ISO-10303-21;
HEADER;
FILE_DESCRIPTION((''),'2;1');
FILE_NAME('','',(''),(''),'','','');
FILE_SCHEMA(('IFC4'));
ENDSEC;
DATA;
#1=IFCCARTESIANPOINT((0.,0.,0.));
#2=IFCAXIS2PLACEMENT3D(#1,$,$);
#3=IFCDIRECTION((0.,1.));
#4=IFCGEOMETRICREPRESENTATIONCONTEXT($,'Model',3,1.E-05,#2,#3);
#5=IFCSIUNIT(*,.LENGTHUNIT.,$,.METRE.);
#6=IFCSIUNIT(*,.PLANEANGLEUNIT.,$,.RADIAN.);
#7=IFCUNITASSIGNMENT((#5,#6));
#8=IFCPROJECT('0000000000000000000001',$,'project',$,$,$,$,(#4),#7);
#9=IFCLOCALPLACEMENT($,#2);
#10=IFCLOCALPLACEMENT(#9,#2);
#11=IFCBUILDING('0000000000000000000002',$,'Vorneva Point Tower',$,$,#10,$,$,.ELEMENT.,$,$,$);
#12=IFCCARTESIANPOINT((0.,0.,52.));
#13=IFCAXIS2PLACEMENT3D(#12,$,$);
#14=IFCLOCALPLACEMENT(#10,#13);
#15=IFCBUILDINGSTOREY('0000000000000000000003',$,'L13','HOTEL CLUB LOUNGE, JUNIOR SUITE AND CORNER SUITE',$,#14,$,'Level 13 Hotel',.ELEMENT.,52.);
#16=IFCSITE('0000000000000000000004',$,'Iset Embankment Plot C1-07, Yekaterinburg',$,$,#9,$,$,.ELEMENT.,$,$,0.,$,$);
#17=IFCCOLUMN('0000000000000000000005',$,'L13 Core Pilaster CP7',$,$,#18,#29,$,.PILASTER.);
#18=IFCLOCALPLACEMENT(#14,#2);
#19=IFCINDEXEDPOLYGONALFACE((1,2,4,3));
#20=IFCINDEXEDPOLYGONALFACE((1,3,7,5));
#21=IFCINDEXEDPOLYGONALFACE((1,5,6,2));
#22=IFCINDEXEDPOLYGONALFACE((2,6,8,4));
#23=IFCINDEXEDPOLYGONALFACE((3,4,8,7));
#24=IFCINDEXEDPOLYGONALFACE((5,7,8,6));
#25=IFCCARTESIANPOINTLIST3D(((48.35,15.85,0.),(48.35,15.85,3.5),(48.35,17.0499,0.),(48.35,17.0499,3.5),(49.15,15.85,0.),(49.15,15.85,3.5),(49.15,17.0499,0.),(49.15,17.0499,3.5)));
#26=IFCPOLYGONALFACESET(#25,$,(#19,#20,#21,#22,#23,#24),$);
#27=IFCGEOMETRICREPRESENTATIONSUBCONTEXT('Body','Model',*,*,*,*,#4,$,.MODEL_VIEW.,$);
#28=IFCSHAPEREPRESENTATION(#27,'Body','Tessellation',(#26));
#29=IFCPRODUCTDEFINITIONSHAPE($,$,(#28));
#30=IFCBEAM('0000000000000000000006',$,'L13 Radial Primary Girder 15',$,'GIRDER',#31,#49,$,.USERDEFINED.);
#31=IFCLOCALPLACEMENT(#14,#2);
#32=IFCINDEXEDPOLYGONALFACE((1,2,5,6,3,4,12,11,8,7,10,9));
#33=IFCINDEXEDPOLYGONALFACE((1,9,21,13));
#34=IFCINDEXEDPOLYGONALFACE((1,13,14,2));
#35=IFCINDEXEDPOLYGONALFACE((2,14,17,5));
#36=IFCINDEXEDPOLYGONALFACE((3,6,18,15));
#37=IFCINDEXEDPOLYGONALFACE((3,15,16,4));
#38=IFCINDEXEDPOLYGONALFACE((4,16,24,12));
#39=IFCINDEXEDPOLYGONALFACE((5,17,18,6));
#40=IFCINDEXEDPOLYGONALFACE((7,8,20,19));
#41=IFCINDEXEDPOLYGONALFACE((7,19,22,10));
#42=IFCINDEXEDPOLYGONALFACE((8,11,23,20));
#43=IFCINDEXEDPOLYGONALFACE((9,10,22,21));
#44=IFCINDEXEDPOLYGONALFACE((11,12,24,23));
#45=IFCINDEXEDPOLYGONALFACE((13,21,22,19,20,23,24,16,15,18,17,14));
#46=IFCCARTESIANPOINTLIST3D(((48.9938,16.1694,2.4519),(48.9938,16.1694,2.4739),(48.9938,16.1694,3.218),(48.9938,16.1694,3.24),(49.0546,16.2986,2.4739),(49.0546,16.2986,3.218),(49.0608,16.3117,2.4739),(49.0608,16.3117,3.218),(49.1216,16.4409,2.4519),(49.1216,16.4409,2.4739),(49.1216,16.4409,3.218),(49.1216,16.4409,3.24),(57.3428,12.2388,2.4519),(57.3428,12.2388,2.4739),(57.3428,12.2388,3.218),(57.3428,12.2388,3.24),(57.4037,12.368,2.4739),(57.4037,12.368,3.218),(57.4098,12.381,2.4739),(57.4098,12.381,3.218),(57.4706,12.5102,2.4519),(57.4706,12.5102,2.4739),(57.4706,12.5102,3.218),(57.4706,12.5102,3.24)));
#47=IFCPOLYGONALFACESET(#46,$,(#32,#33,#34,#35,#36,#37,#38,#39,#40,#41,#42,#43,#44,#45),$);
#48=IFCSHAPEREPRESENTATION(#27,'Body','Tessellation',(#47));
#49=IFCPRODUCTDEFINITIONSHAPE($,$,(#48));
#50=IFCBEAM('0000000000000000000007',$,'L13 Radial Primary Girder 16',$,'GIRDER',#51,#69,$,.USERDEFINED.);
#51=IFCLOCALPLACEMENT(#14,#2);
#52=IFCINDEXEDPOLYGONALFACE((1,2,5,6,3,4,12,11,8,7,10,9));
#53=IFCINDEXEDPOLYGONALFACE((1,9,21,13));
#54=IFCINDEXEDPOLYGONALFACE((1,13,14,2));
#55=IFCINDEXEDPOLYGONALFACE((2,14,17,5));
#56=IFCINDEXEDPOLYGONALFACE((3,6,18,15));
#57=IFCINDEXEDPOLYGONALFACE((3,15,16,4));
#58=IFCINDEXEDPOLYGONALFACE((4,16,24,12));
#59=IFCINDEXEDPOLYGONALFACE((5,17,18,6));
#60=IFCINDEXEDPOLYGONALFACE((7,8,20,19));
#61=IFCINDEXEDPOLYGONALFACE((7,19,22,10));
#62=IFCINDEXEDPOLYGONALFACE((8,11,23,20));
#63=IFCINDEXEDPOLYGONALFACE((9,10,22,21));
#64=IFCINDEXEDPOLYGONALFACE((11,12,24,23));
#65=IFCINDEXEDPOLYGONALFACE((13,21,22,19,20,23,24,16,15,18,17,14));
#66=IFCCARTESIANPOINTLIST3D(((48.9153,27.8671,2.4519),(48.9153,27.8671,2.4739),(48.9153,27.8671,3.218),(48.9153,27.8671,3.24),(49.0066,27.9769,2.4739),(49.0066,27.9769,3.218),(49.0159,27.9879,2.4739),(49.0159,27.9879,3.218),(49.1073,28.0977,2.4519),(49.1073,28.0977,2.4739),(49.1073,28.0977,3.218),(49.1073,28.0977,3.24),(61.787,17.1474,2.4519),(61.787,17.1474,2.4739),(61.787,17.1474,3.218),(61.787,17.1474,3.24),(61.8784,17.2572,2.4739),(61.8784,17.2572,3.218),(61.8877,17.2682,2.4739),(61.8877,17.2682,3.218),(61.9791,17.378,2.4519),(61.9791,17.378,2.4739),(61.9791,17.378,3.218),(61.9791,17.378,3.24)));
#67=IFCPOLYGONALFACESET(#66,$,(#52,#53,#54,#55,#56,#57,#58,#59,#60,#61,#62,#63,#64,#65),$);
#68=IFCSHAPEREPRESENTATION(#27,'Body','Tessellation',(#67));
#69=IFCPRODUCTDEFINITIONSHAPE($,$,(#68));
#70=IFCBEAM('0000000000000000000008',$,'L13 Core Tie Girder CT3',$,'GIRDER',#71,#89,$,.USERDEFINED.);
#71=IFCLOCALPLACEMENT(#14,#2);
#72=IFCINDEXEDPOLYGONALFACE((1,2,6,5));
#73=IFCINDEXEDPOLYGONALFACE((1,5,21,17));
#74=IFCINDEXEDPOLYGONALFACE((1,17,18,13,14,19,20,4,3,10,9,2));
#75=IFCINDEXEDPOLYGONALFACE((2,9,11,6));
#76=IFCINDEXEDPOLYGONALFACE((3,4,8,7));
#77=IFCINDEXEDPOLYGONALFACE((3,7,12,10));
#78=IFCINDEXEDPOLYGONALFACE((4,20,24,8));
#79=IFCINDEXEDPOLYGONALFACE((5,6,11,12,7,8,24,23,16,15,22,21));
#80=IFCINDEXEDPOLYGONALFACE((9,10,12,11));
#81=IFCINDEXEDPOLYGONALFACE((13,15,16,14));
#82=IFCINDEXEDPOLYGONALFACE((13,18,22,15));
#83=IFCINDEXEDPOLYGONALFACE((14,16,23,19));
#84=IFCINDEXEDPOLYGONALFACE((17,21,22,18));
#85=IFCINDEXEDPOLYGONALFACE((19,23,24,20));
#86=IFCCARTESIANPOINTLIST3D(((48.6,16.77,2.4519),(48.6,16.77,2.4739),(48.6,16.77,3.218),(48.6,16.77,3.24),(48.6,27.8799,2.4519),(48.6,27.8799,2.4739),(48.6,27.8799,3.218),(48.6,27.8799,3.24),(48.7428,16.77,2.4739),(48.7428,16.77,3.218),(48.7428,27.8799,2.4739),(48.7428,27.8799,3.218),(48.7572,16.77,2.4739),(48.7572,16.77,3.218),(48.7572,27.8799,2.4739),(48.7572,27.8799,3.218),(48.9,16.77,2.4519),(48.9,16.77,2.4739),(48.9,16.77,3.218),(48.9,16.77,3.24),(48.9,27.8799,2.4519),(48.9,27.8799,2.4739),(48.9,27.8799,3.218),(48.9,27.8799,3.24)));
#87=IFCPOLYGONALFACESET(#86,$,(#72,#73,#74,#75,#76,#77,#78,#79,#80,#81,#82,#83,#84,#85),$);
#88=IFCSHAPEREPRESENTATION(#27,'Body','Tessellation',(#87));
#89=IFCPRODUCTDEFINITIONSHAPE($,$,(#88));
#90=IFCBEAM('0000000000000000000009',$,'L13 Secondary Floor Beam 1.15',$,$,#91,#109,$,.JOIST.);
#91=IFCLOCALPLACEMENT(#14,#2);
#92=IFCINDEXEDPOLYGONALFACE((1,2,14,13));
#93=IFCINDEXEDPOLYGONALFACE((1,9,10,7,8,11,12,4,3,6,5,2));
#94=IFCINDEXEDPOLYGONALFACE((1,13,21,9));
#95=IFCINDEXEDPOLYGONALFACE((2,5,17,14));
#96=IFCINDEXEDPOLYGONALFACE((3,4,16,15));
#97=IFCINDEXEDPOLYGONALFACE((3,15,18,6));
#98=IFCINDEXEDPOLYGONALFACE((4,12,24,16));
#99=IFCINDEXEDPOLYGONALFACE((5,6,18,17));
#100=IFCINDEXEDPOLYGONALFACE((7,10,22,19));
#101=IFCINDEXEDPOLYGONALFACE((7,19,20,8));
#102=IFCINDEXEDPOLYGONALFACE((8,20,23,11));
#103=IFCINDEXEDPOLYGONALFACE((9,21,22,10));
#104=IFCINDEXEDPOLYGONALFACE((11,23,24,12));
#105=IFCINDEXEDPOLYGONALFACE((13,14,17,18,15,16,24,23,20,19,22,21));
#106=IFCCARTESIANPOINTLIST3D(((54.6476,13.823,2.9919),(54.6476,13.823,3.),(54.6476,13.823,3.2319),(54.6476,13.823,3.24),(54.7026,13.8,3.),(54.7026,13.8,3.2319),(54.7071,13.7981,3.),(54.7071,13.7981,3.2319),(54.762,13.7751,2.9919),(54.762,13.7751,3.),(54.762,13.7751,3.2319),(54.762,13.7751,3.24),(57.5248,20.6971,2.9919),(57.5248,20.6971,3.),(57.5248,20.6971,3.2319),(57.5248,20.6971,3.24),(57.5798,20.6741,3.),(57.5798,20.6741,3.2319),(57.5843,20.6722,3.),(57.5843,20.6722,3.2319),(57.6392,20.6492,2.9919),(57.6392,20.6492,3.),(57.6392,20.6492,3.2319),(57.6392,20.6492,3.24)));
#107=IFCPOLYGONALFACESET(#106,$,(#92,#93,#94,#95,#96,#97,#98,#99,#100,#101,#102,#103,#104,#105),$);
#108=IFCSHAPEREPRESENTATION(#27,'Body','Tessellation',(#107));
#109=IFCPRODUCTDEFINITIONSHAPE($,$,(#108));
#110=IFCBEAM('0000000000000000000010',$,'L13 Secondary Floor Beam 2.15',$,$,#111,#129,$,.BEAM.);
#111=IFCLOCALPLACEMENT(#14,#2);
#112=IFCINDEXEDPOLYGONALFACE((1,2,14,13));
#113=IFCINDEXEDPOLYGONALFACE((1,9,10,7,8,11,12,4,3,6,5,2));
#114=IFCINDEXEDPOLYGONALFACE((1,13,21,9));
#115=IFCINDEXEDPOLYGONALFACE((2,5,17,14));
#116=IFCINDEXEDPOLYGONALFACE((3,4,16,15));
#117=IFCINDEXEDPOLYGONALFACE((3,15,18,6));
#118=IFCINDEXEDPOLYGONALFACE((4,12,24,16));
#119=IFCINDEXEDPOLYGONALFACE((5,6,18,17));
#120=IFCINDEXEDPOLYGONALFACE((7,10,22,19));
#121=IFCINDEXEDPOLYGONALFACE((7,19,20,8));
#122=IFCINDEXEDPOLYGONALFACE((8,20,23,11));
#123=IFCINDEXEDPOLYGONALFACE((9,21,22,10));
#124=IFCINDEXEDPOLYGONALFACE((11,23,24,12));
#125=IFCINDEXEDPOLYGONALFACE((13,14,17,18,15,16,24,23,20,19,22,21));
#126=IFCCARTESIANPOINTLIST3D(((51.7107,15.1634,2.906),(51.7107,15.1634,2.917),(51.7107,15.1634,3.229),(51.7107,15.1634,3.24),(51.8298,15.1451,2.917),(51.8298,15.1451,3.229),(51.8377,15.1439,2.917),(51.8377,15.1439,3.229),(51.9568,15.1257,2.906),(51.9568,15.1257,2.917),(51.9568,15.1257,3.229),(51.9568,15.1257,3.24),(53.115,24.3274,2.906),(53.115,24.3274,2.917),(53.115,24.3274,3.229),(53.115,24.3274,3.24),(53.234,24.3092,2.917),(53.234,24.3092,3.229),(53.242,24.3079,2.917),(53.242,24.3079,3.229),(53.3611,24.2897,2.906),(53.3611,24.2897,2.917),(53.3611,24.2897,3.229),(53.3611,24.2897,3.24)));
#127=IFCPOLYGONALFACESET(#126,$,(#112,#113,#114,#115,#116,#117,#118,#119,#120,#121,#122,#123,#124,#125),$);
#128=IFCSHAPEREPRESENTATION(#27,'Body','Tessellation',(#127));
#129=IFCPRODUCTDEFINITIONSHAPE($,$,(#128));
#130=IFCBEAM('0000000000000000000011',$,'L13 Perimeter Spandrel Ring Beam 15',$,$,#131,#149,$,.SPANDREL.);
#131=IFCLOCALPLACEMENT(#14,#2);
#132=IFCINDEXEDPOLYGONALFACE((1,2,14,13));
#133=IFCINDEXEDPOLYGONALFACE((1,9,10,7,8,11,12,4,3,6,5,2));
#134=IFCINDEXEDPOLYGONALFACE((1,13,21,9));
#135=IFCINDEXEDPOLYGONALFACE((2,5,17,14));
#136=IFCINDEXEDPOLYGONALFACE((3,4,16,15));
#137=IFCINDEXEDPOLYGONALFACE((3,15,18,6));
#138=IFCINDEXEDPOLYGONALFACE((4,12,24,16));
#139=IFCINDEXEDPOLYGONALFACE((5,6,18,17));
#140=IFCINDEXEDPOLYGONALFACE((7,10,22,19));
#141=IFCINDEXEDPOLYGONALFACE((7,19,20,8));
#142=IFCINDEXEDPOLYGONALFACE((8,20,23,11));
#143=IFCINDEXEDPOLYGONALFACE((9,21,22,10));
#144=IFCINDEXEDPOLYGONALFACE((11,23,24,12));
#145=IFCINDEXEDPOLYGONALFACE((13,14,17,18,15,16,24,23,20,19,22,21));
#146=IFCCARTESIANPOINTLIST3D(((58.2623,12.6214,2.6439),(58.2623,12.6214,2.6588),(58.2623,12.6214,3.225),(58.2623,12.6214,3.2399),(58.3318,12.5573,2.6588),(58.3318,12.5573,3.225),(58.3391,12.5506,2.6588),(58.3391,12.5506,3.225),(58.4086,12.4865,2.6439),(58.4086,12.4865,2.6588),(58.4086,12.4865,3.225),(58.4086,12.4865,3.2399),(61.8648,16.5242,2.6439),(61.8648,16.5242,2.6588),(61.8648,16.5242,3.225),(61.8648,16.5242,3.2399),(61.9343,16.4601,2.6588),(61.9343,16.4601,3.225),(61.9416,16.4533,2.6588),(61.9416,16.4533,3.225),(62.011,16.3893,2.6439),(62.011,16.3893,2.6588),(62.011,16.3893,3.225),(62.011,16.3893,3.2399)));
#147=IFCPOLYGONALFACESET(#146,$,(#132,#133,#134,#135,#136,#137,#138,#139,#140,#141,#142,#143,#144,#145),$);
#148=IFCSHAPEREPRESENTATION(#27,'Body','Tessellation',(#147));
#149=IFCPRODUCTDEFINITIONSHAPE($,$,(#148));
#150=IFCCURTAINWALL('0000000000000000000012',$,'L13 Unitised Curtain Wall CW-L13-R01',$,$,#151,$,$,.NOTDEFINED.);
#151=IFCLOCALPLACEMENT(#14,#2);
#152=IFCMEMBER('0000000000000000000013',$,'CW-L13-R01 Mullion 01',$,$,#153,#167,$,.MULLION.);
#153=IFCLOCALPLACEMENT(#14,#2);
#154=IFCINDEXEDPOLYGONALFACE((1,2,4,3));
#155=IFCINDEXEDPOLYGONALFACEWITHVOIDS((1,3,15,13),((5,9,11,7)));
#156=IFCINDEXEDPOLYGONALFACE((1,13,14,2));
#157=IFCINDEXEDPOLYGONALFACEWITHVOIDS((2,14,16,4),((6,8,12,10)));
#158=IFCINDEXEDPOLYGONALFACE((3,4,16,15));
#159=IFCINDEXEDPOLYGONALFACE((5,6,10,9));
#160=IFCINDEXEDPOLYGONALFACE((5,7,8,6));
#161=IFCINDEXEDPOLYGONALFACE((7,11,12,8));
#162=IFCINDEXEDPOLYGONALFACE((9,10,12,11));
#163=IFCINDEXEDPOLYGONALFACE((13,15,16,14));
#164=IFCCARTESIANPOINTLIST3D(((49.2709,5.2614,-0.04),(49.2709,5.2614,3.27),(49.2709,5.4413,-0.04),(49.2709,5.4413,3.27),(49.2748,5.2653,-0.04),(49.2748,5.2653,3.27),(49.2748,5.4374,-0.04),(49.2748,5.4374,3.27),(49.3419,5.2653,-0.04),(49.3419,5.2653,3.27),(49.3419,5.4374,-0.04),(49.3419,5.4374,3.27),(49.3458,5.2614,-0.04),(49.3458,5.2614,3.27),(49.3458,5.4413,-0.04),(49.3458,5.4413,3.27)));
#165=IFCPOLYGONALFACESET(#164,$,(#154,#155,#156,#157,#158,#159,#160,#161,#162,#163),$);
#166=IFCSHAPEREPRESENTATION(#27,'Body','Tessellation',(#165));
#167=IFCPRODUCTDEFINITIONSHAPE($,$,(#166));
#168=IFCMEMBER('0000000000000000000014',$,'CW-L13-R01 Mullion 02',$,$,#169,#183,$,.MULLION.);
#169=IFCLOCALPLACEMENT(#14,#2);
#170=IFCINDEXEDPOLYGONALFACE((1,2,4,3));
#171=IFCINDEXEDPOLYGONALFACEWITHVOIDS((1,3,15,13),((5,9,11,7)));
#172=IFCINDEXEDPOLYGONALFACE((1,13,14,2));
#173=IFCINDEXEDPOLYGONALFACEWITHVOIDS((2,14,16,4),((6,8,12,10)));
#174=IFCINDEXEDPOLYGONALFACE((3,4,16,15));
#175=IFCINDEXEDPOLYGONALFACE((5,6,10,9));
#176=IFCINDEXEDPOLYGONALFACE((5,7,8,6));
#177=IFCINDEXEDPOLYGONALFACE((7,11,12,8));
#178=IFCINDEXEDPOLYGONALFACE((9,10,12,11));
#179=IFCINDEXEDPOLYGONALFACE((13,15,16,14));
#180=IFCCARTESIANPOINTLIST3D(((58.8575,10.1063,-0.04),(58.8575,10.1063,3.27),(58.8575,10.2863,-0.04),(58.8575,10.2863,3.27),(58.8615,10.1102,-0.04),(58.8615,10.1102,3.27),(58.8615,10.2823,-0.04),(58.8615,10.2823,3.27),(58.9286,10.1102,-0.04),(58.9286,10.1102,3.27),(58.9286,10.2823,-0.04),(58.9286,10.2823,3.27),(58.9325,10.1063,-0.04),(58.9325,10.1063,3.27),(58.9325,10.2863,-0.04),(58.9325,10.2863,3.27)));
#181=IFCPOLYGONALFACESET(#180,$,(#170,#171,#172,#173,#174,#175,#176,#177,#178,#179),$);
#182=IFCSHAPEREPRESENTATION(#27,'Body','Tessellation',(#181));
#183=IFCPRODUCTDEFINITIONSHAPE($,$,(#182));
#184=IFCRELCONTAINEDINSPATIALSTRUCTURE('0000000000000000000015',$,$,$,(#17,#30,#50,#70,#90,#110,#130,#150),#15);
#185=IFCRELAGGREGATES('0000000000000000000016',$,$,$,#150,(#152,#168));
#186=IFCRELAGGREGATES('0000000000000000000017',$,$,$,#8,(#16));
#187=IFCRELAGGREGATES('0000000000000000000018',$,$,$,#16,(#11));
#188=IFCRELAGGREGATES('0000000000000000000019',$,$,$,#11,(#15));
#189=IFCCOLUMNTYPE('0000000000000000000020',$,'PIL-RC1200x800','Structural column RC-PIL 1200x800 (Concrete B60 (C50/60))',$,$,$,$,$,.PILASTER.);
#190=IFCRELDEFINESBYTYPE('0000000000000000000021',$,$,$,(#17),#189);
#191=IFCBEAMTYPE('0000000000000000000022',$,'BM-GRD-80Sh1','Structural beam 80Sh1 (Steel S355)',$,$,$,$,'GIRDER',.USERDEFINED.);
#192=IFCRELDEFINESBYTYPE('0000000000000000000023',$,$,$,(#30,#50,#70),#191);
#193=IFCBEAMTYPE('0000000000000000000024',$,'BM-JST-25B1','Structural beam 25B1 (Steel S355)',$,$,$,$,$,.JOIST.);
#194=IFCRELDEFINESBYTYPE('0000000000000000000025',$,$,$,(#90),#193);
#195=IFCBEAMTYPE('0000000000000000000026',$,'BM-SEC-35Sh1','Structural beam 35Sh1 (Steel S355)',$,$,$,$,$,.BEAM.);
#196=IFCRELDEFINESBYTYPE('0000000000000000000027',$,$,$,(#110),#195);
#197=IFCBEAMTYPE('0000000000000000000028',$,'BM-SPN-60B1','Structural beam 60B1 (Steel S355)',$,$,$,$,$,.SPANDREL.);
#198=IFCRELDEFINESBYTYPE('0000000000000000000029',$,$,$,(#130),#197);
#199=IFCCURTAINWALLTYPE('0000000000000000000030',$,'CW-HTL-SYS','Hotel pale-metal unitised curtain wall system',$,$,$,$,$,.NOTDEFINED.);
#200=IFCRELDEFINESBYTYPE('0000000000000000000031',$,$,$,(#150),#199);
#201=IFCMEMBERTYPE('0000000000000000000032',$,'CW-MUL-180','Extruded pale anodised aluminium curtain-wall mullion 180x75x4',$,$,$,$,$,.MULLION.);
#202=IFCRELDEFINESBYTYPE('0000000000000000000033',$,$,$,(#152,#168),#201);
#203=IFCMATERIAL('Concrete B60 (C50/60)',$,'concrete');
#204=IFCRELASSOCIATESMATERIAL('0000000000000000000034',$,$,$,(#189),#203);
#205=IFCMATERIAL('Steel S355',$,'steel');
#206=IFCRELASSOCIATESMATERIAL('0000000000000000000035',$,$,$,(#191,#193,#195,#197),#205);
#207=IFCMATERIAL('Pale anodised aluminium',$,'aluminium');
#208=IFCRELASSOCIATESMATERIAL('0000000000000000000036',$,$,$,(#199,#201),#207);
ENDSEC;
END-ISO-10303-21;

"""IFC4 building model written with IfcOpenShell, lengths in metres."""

from ifc_helpers import new_model, si_unit, direction, frame, origin, origin_2d, place, context, subcontext, project, spatial, rectangle, hollow_rectangle, i_section, extrude, material, material_profile, profile_set, type_object, element, aggregate, save


model = new_model("IFC4")

# Units and contexts
model_context = context("Model", 3, precision=1e-05, world=origin(), true_north=direction((0.0, 1.0)))
body_context = subcontext(model_context, "Body", "Model", "MODEL_VIEW")
ifc_project = project(units=[si_unit("LENGTHUNIT", "METRE"), si_unit("PLANEANGLEUNIT", "RADIAN")], contexts=[model_context])

# Site, building, storey
site_placement = place(None, origin())
site = spatial("IfcSite", under=ifc_project, at=site_placement, Name="Iset Embankment Plot C1-07, Yekaterinburg", CompositionType="ELEMENT", RefElevation=0.0)
building_placement = place(site_placement, origin())
building = spatial("IfcBuilding", under=site, at=building_placement, Name="Vorneva Point Tower", CompositionType="ELEMENT")
storey_placement = place(building_placement, frame((0.0, 0.0, 52.0)))
storey = spatial("IfcBuildingStorey", under=building, at=storey_placement, Name="L13", Description="HOTEL CLUB LOUNGE, JUNIOR SUITE AND CORNER SUITE", LongName="Level 13 Hotel", CompositionType="ELEMENT", Elevation=52.0)

# Column
ifc_material_1 = material(Name="Concrete B60 (C50/60)", Category="concrete")
ifc_material_profile_1 = material_profile(ifc_material_1, rectangle(XDim=0.8, YDim=1.2, at=origin_2d()), Name="RC-PIL 1200x800")
ifc_profile_set_1 = profile_set([ifc_material_profile_1], Name="Concrete B60 (C50/60)")
column_type_1 = type_object("IfcColumnType", Name="PIL-RC1200x800", Description="Structural column RC-PIL 1200x800 (Concrete B60 (C50/60))", PredefinedType="PILASTER", material=ifc_profile_set_1)
column_placement = place(storey_placement, frame((48.75, 16.45, 0.0), z_axis=(0.0, 0.0, 1.0), x_axis=(1.0, 0.0, 0.0)))
element("IfcColumn", 1, at=column_placement, inside=storey, type_object=column_type_1, Name="L13 Core Pilaster CP7", PredefinedType="PILASTER", context=body_context, shape_type="SweptSolid", body=[
    extrude(rectangle(XDim=0.8, YDim=1.2, at=origin_2d()), origin(), (0.0, 0.0, 1.0), 3.5),
])

# Beams
ifc_material_2 = material(Name="Steel S355", Category="steel")
ifc_material_profile_2 = material_profile(ifc_material_2, i_section(OverallWidth=0.3, OverallDepth=0.7881, WebThickness=0.0144, FlangeThickness=0.022, at=origin_2d()), Name="80Sh1")
ifc_profile_set_2 = profile_set([ifc_material_profile_2], Name="Steel S355")
beam_type_1 = type_object("IfcBeamType", Name="BM-GRD-80Sh1", Description="Structural beam 80Sh1 (Steel S355)", ElementType="GIRDER", PredefinedType="USERDEFINED", material=ifc_profile_set_2)
beam_1_placement = place(storey_placement, frame((57.4067, 12.3745, 2.8459), z_axis=(-0.904749, 0.425945, 0.0), x_axis=(-0.425945, -0.904749, 0.0)))
element("IfcBeam", 2, at=beam_1_placement, inside=storey, type_object=beam_type_1, Name="L13 Radial Primary Girder 15", ObjectType="GIRDER", PredefinedType="USERDEFINED", context=body_context, shape_type="SweptSolid", body=[
    extrude(i_section(OverallWidth=0.3, OverallDepth=0.7881, WebThickness=0.0144, FlangeThickness=0.022, at=origin_2d()), origin(), (0.0, 0.0, 1.0), 9.228),
])
beam_2_placement = place(storey_placement, frame((61.8831, 17.2627, 2.8459), z_axis=(-0.768421, 0.639945, 0.0), x_axis=(-0.639945, -0.768421, 0.0)))
element("IfcBeam", 3, at=beam_2_placement, inside=storey, type_object=beam_type_1, Name="L13 Radial Primary Girder 16", ObjectType="GIRDER", PredefinedType="USERDEFINED", context=body_context, shape_type="SweptSolid", body=[
    extrude(i_section(OverallWidth=0.3, OverallDepth=0.7881, WebThickness=0.0144, FlangeThickness=0.022, at=origin_2d()), origin(), (0.0, 0.0, 1.0), 16.751),
])
beam_3_placement = place(storey_placement, frame((48.75, 16.77, 2.8459), z_axis=(0.0, 1.0, 0.0), x_axis=(-1.0, 0.0, 0.0)))
element("IfcBeam", 4, at=beam_3_placement, inside=storey, type_object=beam_type_1, Name="L13 Core Tie Girder CT3", ObjectType="GIRDER", PredefinedType="USERDEFINED", context=body_context, shape_type="SweptSolid", body=[
    extrude(i_section(OverallWidth=0.3, OverallDepth=0.7881, WebThickness=0.0144, FlangeThickness=0.022, at=origin_2d()), origin(), (0.0, 0.0, 1.0), 11.1099),
])
ifc_material_profile_3 = material_profile(ifc_material_2, i_section(OverallWidth=0.124, OverallDepth=0.248, WebThickness=0.0049, FlangeThickness=0.0081, at=origin_2d()), Name="25B1")
ifc_profile_set_3 = profile_set([ifc_material_profile_3], Name="Steel S355")
beam_type_2 = type_object("IfcBeamType", Name="BM-JST-25B1", Description="Structural beam 25B1 (Steel S355)", PredefinedType="JOIST", material=ifc_profile_set_3)
beam_4_placement = place(storey_placement, frame((54.7048, 13.7991, 3.116), z_axis=(0.386104, 0.922455, 0.0), x_axis=(-0.922455, 0.386104, 0.0)))
element("IfcBeam", 5, at=beam_4_placement, inside=storey, type_object=beam_type_2, Name="L13 Secondary Floor Beam 1.15", PredefinedType="JOIST", context=body_context, shape_type="SweptSolid", body=[
    extrude(i_section(OverallWidth=0.124, OverallDepth=0.248, WebThickness=0.0049, FlangeThickness=0.0081, at=origin_2d()), origin(), (0.0, 0.0, 1.0), 7.4519),
])
ifc_material_profile_4 = material_profile(ifc_material_2, i_section(OverallWidth=0.249, OverallDepth=0.334, WebThickness=0.0081, FlangeThickness=0.011, at=origin_2d()), Name="35Sh1")
ifc_profile_set_4 = profile_set([ifc_material_profile_4], Name="Steel S355")
beam_type_3 = type_object("IfcBeamType", Name="BM-SEC-35Sh1", Description="Structural beam 35Sh1 (Steel S355)", PredefinedType="BEAM", material=ifc_profile_set_4)
beam_5_placement = place(storey_placement, frame((51.8337, 15.1445, 3.073), z_axis=(0.151471, 0.988462, 0.0), x_axis=(-0.988462, 0.151471, 0.0)))
element("IfcBeam", 6, at=beam_5_placement, inside=storey, type_object=beam_type_3, Name="L13 Secondary Floor Beam 2.15", PredefinedType="BEAM", context=body_context, shape_type="SweptSolid", body=[
    extrude(i_section(OverallWidth=0.249, OverallDepth=0.334, WebThickness=0.0081, FlangeThickness=0.011, at=origin_2d()), origin(), (0.0, 0.0, 1.0), 9.271),
])
ifc_material_profile_5 = material_profile(ifc_material_2, i_section(OverallWidth=0.199, OverallDepth=0.5959, WebThickness=0.01, FlangeThickness=0.0149, at=origin_2d()), Name="60B1")
ifc_profile_set_5 = profile_set([ifc_material_profile_5], Name="Steel S355")
beam_type_4 = type_object("IfcBeamType", Name="BM-SPN-60B1", Description="Structural beam 60B1 (Steel S355)", PredefinedType="SPANDREL", material=ifc_profile_set_5)
beam_6_placement = place(storey_placement, frame((58.3354, 12.554, 2.9419), z_axis=(0.678272, 0.73481, 0.0), x_axis=(-0.73481, 0.678272, 0.0)))
element("IfcBeam", 7, at=beam_6_placement, inside=storey, type_object=beam_type_4, Name="L13 Perimeter Spandrel Ring Beam 15", PredefinedType="SPANDREL", context=body_context, shape_type="SweptSolid", body=[
    extrude(i_section(OverallWidth=0.199, OverallDepth=0.5959, WebThickness=0.01, FlangeThickness=0.0149, at=origin_2d()), origin(), (0.0, 0.0, 1.0), 5.3113),
])

# Curtain wall, members
ifc_material_3 = material(Name="Pale anodised aluminium", Category="aluminium")
curtain_wall_type = type_object("IfcCurtainWallType", Name="CW-HTL-SYS", Description="Hotel pale-metal unitised curtain wall system", PredefinedType="NOTDEFINED", material=ifc_material_3)
curtain_wall_placement = place(storey_placement, origin())
curtain_wall = element("IfcCurtainWall", 8, at=curtain_wall_placement, inside=storey, type_object=curtain_wall_type, Name="L13 Unitised Curtain Wall CW-L13-R01", PredefinedType="NOTDEFINED")
ifc_material_profile_6 = material_profile(ifc_material_3, hollow_rectangle(XDim=0.075, YDim=0.1799, WallThickness=0.0039, at=origin_2d()), Name="AL-MUL 180x75x4")
ifc_profile_set_6 = profile_set([ifc_material_profile_6], Name="Pale anodised aluminium")
member_type_1 = type_object("IfcMemberType", Name="CW-MUL-180", Description="Extruded pale anodised aluminium curtain-wall mullion 180x75x4", PredefinedType="MULLION", material=ifc_profile_set_6)
member_1_placement = place(storey_placement, frame((49.3083, 5.3513, -0.04), z_axis=(0.0, 0.0, 1.0), x_axis=(1.0, 0.0, 0.0)))
member_1 = element("IfcMember", 9, at=member_1_placement, type_object=member_type_1, Name="CW-L13-R01 Mullion 01", PredefinedType="MULLION", context=body_context, shape_type="SweptSolid", body=[
    extrude(hollow_rectangle(XDim=0.075, YDim=0.1799, WallThickness=0.0039, at=origin_2d()), origin(), (0.0, 0.0, 1.0), 3.3101),
])
member_2_placement = place(storey_placement, frame((58.895, 10.1963, -0.04), z_axis=(0.0, 0.0, 1.0), x_axis=(1.0, 0.0, 0.0)))
member_2 = element("IfcMember", 10, at=member_2_placement, type_object=member_type_1, Name="CW-L13-R01 Mullion 02", PredefinedType="MULLION", context=body_context, shape_type="SweptSolid", body=[
    extrude(hollow_rectangle(XDim=0.075, YDim=0.1799, WallThickness=0.0039, at=origin_2d()), origin(), (0.0, 0.0, 1.0), 3.3101),
])
aggregate(curtain_wall, [member_1, member_2])

save(model, "model.ifc")
